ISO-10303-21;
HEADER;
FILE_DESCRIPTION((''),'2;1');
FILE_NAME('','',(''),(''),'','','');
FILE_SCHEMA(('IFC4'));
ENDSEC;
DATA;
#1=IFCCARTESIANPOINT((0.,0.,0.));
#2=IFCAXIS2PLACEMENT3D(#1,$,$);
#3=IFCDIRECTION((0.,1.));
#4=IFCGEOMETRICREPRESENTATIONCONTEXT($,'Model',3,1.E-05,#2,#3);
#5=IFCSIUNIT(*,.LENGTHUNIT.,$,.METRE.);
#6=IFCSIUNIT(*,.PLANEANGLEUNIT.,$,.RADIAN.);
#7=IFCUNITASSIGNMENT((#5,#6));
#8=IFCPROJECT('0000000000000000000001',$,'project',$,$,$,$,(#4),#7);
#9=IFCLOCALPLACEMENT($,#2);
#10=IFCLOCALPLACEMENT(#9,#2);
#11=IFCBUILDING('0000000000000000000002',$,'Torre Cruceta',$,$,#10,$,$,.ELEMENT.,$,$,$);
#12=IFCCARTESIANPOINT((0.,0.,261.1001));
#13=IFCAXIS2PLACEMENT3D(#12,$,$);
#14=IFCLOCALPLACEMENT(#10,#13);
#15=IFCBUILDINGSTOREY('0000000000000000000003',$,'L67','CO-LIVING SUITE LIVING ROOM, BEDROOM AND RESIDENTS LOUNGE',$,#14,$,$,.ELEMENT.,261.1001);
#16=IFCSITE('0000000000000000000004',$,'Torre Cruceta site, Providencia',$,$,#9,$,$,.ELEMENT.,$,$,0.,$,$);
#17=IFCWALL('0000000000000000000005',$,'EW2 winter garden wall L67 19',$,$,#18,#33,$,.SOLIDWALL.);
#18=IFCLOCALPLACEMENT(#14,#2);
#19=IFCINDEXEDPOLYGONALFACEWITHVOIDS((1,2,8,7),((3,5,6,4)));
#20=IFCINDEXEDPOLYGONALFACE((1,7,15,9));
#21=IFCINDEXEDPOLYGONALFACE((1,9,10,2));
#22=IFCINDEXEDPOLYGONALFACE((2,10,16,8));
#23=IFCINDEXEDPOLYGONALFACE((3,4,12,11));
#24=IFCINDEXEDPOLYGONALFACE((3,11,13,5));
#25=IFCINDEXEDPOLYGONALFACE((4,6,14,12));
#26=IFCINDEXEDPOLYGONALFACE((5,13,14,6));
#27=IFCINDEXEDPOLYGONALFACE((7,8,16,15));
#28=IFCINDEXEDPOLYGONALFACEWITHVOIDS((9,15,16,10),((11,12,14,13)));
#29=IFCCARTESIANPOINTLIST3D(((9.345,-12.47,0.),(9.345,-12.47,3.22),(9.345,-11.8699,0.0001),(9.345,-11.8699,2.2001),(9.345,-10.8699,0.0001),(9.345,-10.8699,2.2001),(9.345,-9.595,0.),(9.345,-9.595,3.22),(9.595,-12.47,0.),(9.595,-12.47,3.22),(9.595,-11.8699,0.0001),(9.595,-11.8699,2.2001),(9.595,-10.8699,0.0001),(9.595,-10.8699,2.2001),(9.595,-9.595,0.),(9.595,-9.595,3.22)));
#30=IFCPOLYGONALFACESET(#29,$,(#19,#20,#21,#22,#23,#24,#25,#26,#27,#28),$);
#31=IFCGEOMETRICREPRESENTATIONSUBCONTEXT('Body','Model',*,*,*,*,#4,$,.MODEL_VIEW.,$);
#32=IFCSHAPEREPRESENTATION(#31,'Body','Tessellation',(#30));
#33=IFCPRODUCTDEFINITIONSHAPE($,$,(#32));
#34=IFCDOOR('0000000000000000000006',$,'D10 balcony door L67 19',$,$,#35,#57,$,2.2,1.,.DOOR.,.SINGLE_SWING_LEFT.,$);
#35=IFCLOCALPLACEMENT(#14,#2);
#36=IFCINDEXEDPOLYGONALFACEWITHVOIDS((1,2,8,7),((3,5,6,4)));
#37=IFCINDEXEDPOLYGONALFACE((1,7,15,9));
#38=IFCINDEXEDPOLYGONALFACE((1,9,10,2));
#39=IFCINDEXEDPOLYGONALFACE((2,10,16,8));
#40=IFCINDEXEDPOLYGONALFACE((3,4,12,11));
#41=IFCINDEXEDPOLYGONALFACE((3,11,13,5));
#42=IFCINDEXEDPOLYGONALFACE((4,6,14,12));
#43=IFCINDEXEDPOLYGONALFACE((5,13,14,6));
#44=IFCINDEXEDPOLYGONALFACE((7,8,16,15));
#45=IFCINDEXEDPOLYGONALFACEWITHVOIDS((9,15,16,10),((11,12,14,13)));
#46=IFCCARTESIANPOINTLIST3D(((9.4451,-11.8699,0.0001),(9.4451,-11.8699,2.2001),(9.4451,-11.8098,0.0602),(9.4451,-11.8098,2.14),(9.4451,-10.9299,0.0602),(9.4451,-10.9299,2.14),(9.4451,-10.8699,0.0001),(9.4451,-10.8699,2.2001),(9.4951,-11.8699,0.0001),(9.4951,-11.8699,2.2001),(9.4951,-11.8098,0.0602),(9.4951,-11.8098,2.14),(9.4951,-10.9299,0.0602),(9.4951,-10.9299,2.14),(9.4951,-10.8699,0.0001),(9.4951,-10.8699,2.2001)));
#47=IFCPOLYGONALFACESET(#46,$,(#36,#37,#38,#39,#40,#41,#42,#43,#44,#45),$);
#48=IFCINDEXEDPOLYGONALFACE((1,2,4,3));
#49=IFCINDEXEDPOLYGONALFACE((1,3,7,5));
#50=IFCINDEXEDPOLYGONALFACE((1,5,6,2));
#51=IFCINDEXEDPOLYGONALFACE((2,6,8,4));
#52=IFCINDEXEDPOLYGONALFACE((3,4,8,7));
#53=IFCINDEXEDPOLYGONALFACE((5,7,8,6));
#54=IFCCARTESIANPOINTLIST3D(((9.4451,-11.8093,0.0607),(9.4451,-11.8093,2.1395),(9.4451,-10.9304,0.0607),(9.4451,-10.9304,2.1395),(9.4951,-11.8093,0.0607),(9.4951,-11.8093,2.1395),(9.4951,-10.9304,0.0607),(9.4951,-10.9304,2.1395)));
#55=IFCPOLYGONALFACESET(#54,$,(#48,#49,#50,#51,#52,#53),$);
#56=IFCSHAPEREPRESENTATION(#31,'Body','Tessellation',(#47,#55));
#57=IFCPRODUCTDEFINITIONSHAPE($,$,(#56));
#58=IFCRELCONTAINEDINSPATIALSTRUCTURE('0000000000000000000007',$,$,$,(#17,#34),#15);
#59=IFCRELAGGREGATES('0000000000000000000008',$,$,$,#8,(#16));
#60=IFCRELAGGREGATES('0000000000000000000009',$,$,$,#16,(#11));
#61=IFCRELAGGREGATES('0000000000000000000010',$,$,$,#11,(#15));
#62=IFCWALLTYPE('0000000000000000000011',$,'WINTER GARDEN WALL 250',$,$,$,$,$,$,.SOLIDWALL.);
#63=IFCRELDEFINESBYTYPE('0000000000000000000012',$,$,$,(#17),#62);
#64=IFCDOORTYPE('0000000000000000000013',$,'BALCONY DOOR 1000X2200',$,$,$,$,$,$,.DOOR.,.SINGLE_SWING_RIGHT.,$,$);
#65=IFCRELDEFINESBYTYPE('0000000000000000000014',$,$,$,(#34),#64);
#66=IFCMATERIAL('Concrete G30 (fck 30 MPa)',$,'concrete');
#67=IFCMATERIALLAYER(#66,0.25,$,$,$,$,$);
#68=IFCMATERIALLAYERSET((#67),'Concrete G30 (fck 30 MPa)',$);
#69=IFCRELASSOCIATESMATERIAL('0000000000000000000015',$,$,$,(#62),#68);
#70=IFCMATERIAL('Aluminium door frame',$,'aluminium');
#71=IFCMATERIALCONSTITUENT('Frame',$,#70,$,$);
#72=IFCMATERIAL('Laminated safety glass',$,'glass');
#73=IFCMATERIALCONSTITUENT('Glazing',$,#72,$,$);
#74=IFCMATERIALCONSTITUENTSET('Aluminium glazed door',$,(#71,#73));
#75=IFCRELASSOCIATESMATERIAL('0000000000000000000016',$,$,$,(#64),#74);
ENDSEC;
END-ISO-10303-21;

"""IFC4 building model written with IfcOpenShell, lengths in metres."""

from ifc_helpers import new_model, si_unit, direction, frame, frame_2d, origin, place, context, subcontext, project, spatial, rectangle, hollow_rectangle, extrude, material, layer, layer_set, constituent, constituent_set, type_object, element, fill, save


model = new_model("IFC4")

# Units and contexts
model_context = context("Model", 3, precision=1e-05, world=origin(), true_north=direction((0.0, 1.0)))
body_context = subcontext(model_context, "Body", "Model", "MODEL_VIEW")
ifc_project = project(units=[si_unit("LENGTHUNIT", "METRE"), si_unit("PLANEANGLEUNIT", "RADIAN")], contexts=[model_context])

# Site, building, storey
site_placement = place(None, origin())
site = spatial("IfcSite", under=ifc_project, at=site_placement, Name="Torre Cruceta site, Providencia", CompositionType="ELEMENT", RefElevation=0.0)
building_placement = place(site_placement, origin())
building = spatial("IfcBuilding", under=site, at=building_placement, Name="Torre Cruceta", CompositionType="ELEMENT")
storey_placement = place(building_placement, frame((0.0, 0.0, 261.1001)))
storey = spatial("IfcBuildingStorey", under=building, at=storey_placement, Name="L67", Description="CO-LIVING SUITE LIVING ROOM, BEDROOM AND RESIDENTS LOUNGE", CompositionType="ELEMENT", Elevation=261.1001)

# Wall, opening, door
ifc_material_1 = material(Name="Concrete G30 (fck 30 MPa)", Category="concrete")
ifc_layer_1 = layer(ifc_material_1, 0.25)
ifc_layer_set_1 = layer_set([ifc_layer_1], Name="Concrete G30 (fck 30 MPa)")
wall_type_1 = type_object("IfcWallType", Name="WINTER GARDEN WALL 250", PredefinedType="SOLIDWALL", material=ifc_layer_set_1)
ifc_material_2 = material(Name="Aluminium door frame", Category="aluminium")
ifc_constituent_1 = constituent(ifc_material_2, Name="Frame")
ifc_material_3 = material(Name="Laminated safety glass", Category="glass")
ifc_constituent_2 = constituent(ifc_material_3, Name="Glazing")
ifc_constituent_set_1 = constituent_set(constituents=[ifc_constituent_1, ifc_constituent_2], Name="Aluminium glazed door")
door_type_1 = type_object("IfcDoorType", Name="BALCONY DOOR 1000X2200", OperationType="SINGLE_SWING_RIGHT", PredefinedType="DOOR", material=ifc_constituent_set_1)
wall_1_placement = place(storey_placement, frame((9.47, -12.47, 0.0), z_axis=(0.0, 0.0, 1.0), x_axis=(0.0, 1.0, 0.0)))
wall_1 = element("IfcWall", 1, at=wall_1_placement, inside=storey, type_object=wall_type_1, Name="EW2 winter garden wall L67 19", PredefinedType="SOLIDWALL", context=body_context, shape_type="SweptSolid", body=[
    extrude(rectangle(XDim=2.875, YDim=0.25, at=frame_2d((1.4375, 0.0))), origin(), (0.0, 0.0, 1.0), 3.22),
])
opening_1_placement = place(wall_1_placement, frame((0.6001, 0.0, 0.0)))
opening_1 = element("IfcOpeningElement", 2, at=opening_1_placement, cuts=wall_1, PredefinedType="OPENING", context=body_context, shape_type="SweptSolid", body=[
    extrude(rectangle(XDim=1.0, YDim=2.2, at=frame_2d((0.5, 1.1001))), frame((0.0, 0.135, 0.0), z_axis=(0.0, -1.0, 0.0), x_axis=(1.0, 0.0, 0.0)), (0.0, 0.0, 1.0), 0.27),
])
door_1_placement = place(opening_1_placement, origin())
door_1 = element("IfcDoor", 3, at=door_1_placement, inside=storey, type_object=door_type_1, Name="D10 balcony door L67 19", OperationType="SINGLE_SWING_LEFT", OverallHeight=2.2, OverallWidth=1.0, PredefinedType="DOOR", context=body_context, shape_type="SweptSolid", body=[
    extrude(hollow_rectangle(XDim=1.0, YDim=2.2, WallThickness=0.0601, at=frame_2d((0.5, 1.1001))), frame((0.0, 0.0249, 0.0), z_axis=(0.0, -1.0, 0.0), x_axis=(1.0, 0.0, 0.0)), (0.0, 0.0, 1.0), 0.05),
    extrude(rectangle(XDim=0.8789, YDim=2.0789, at=frame_2d((0.5, 1.1001))), frame((0.0, 0.0249, 0.0), z_axis=(0.0, -1.0, 0.0), x_axis=(1.0, 0.0, 0.0)), (0.0, 0.0, 1.0), 0.05),
])
fill(opening_1, door_1)

save(model, "model.ifc")
